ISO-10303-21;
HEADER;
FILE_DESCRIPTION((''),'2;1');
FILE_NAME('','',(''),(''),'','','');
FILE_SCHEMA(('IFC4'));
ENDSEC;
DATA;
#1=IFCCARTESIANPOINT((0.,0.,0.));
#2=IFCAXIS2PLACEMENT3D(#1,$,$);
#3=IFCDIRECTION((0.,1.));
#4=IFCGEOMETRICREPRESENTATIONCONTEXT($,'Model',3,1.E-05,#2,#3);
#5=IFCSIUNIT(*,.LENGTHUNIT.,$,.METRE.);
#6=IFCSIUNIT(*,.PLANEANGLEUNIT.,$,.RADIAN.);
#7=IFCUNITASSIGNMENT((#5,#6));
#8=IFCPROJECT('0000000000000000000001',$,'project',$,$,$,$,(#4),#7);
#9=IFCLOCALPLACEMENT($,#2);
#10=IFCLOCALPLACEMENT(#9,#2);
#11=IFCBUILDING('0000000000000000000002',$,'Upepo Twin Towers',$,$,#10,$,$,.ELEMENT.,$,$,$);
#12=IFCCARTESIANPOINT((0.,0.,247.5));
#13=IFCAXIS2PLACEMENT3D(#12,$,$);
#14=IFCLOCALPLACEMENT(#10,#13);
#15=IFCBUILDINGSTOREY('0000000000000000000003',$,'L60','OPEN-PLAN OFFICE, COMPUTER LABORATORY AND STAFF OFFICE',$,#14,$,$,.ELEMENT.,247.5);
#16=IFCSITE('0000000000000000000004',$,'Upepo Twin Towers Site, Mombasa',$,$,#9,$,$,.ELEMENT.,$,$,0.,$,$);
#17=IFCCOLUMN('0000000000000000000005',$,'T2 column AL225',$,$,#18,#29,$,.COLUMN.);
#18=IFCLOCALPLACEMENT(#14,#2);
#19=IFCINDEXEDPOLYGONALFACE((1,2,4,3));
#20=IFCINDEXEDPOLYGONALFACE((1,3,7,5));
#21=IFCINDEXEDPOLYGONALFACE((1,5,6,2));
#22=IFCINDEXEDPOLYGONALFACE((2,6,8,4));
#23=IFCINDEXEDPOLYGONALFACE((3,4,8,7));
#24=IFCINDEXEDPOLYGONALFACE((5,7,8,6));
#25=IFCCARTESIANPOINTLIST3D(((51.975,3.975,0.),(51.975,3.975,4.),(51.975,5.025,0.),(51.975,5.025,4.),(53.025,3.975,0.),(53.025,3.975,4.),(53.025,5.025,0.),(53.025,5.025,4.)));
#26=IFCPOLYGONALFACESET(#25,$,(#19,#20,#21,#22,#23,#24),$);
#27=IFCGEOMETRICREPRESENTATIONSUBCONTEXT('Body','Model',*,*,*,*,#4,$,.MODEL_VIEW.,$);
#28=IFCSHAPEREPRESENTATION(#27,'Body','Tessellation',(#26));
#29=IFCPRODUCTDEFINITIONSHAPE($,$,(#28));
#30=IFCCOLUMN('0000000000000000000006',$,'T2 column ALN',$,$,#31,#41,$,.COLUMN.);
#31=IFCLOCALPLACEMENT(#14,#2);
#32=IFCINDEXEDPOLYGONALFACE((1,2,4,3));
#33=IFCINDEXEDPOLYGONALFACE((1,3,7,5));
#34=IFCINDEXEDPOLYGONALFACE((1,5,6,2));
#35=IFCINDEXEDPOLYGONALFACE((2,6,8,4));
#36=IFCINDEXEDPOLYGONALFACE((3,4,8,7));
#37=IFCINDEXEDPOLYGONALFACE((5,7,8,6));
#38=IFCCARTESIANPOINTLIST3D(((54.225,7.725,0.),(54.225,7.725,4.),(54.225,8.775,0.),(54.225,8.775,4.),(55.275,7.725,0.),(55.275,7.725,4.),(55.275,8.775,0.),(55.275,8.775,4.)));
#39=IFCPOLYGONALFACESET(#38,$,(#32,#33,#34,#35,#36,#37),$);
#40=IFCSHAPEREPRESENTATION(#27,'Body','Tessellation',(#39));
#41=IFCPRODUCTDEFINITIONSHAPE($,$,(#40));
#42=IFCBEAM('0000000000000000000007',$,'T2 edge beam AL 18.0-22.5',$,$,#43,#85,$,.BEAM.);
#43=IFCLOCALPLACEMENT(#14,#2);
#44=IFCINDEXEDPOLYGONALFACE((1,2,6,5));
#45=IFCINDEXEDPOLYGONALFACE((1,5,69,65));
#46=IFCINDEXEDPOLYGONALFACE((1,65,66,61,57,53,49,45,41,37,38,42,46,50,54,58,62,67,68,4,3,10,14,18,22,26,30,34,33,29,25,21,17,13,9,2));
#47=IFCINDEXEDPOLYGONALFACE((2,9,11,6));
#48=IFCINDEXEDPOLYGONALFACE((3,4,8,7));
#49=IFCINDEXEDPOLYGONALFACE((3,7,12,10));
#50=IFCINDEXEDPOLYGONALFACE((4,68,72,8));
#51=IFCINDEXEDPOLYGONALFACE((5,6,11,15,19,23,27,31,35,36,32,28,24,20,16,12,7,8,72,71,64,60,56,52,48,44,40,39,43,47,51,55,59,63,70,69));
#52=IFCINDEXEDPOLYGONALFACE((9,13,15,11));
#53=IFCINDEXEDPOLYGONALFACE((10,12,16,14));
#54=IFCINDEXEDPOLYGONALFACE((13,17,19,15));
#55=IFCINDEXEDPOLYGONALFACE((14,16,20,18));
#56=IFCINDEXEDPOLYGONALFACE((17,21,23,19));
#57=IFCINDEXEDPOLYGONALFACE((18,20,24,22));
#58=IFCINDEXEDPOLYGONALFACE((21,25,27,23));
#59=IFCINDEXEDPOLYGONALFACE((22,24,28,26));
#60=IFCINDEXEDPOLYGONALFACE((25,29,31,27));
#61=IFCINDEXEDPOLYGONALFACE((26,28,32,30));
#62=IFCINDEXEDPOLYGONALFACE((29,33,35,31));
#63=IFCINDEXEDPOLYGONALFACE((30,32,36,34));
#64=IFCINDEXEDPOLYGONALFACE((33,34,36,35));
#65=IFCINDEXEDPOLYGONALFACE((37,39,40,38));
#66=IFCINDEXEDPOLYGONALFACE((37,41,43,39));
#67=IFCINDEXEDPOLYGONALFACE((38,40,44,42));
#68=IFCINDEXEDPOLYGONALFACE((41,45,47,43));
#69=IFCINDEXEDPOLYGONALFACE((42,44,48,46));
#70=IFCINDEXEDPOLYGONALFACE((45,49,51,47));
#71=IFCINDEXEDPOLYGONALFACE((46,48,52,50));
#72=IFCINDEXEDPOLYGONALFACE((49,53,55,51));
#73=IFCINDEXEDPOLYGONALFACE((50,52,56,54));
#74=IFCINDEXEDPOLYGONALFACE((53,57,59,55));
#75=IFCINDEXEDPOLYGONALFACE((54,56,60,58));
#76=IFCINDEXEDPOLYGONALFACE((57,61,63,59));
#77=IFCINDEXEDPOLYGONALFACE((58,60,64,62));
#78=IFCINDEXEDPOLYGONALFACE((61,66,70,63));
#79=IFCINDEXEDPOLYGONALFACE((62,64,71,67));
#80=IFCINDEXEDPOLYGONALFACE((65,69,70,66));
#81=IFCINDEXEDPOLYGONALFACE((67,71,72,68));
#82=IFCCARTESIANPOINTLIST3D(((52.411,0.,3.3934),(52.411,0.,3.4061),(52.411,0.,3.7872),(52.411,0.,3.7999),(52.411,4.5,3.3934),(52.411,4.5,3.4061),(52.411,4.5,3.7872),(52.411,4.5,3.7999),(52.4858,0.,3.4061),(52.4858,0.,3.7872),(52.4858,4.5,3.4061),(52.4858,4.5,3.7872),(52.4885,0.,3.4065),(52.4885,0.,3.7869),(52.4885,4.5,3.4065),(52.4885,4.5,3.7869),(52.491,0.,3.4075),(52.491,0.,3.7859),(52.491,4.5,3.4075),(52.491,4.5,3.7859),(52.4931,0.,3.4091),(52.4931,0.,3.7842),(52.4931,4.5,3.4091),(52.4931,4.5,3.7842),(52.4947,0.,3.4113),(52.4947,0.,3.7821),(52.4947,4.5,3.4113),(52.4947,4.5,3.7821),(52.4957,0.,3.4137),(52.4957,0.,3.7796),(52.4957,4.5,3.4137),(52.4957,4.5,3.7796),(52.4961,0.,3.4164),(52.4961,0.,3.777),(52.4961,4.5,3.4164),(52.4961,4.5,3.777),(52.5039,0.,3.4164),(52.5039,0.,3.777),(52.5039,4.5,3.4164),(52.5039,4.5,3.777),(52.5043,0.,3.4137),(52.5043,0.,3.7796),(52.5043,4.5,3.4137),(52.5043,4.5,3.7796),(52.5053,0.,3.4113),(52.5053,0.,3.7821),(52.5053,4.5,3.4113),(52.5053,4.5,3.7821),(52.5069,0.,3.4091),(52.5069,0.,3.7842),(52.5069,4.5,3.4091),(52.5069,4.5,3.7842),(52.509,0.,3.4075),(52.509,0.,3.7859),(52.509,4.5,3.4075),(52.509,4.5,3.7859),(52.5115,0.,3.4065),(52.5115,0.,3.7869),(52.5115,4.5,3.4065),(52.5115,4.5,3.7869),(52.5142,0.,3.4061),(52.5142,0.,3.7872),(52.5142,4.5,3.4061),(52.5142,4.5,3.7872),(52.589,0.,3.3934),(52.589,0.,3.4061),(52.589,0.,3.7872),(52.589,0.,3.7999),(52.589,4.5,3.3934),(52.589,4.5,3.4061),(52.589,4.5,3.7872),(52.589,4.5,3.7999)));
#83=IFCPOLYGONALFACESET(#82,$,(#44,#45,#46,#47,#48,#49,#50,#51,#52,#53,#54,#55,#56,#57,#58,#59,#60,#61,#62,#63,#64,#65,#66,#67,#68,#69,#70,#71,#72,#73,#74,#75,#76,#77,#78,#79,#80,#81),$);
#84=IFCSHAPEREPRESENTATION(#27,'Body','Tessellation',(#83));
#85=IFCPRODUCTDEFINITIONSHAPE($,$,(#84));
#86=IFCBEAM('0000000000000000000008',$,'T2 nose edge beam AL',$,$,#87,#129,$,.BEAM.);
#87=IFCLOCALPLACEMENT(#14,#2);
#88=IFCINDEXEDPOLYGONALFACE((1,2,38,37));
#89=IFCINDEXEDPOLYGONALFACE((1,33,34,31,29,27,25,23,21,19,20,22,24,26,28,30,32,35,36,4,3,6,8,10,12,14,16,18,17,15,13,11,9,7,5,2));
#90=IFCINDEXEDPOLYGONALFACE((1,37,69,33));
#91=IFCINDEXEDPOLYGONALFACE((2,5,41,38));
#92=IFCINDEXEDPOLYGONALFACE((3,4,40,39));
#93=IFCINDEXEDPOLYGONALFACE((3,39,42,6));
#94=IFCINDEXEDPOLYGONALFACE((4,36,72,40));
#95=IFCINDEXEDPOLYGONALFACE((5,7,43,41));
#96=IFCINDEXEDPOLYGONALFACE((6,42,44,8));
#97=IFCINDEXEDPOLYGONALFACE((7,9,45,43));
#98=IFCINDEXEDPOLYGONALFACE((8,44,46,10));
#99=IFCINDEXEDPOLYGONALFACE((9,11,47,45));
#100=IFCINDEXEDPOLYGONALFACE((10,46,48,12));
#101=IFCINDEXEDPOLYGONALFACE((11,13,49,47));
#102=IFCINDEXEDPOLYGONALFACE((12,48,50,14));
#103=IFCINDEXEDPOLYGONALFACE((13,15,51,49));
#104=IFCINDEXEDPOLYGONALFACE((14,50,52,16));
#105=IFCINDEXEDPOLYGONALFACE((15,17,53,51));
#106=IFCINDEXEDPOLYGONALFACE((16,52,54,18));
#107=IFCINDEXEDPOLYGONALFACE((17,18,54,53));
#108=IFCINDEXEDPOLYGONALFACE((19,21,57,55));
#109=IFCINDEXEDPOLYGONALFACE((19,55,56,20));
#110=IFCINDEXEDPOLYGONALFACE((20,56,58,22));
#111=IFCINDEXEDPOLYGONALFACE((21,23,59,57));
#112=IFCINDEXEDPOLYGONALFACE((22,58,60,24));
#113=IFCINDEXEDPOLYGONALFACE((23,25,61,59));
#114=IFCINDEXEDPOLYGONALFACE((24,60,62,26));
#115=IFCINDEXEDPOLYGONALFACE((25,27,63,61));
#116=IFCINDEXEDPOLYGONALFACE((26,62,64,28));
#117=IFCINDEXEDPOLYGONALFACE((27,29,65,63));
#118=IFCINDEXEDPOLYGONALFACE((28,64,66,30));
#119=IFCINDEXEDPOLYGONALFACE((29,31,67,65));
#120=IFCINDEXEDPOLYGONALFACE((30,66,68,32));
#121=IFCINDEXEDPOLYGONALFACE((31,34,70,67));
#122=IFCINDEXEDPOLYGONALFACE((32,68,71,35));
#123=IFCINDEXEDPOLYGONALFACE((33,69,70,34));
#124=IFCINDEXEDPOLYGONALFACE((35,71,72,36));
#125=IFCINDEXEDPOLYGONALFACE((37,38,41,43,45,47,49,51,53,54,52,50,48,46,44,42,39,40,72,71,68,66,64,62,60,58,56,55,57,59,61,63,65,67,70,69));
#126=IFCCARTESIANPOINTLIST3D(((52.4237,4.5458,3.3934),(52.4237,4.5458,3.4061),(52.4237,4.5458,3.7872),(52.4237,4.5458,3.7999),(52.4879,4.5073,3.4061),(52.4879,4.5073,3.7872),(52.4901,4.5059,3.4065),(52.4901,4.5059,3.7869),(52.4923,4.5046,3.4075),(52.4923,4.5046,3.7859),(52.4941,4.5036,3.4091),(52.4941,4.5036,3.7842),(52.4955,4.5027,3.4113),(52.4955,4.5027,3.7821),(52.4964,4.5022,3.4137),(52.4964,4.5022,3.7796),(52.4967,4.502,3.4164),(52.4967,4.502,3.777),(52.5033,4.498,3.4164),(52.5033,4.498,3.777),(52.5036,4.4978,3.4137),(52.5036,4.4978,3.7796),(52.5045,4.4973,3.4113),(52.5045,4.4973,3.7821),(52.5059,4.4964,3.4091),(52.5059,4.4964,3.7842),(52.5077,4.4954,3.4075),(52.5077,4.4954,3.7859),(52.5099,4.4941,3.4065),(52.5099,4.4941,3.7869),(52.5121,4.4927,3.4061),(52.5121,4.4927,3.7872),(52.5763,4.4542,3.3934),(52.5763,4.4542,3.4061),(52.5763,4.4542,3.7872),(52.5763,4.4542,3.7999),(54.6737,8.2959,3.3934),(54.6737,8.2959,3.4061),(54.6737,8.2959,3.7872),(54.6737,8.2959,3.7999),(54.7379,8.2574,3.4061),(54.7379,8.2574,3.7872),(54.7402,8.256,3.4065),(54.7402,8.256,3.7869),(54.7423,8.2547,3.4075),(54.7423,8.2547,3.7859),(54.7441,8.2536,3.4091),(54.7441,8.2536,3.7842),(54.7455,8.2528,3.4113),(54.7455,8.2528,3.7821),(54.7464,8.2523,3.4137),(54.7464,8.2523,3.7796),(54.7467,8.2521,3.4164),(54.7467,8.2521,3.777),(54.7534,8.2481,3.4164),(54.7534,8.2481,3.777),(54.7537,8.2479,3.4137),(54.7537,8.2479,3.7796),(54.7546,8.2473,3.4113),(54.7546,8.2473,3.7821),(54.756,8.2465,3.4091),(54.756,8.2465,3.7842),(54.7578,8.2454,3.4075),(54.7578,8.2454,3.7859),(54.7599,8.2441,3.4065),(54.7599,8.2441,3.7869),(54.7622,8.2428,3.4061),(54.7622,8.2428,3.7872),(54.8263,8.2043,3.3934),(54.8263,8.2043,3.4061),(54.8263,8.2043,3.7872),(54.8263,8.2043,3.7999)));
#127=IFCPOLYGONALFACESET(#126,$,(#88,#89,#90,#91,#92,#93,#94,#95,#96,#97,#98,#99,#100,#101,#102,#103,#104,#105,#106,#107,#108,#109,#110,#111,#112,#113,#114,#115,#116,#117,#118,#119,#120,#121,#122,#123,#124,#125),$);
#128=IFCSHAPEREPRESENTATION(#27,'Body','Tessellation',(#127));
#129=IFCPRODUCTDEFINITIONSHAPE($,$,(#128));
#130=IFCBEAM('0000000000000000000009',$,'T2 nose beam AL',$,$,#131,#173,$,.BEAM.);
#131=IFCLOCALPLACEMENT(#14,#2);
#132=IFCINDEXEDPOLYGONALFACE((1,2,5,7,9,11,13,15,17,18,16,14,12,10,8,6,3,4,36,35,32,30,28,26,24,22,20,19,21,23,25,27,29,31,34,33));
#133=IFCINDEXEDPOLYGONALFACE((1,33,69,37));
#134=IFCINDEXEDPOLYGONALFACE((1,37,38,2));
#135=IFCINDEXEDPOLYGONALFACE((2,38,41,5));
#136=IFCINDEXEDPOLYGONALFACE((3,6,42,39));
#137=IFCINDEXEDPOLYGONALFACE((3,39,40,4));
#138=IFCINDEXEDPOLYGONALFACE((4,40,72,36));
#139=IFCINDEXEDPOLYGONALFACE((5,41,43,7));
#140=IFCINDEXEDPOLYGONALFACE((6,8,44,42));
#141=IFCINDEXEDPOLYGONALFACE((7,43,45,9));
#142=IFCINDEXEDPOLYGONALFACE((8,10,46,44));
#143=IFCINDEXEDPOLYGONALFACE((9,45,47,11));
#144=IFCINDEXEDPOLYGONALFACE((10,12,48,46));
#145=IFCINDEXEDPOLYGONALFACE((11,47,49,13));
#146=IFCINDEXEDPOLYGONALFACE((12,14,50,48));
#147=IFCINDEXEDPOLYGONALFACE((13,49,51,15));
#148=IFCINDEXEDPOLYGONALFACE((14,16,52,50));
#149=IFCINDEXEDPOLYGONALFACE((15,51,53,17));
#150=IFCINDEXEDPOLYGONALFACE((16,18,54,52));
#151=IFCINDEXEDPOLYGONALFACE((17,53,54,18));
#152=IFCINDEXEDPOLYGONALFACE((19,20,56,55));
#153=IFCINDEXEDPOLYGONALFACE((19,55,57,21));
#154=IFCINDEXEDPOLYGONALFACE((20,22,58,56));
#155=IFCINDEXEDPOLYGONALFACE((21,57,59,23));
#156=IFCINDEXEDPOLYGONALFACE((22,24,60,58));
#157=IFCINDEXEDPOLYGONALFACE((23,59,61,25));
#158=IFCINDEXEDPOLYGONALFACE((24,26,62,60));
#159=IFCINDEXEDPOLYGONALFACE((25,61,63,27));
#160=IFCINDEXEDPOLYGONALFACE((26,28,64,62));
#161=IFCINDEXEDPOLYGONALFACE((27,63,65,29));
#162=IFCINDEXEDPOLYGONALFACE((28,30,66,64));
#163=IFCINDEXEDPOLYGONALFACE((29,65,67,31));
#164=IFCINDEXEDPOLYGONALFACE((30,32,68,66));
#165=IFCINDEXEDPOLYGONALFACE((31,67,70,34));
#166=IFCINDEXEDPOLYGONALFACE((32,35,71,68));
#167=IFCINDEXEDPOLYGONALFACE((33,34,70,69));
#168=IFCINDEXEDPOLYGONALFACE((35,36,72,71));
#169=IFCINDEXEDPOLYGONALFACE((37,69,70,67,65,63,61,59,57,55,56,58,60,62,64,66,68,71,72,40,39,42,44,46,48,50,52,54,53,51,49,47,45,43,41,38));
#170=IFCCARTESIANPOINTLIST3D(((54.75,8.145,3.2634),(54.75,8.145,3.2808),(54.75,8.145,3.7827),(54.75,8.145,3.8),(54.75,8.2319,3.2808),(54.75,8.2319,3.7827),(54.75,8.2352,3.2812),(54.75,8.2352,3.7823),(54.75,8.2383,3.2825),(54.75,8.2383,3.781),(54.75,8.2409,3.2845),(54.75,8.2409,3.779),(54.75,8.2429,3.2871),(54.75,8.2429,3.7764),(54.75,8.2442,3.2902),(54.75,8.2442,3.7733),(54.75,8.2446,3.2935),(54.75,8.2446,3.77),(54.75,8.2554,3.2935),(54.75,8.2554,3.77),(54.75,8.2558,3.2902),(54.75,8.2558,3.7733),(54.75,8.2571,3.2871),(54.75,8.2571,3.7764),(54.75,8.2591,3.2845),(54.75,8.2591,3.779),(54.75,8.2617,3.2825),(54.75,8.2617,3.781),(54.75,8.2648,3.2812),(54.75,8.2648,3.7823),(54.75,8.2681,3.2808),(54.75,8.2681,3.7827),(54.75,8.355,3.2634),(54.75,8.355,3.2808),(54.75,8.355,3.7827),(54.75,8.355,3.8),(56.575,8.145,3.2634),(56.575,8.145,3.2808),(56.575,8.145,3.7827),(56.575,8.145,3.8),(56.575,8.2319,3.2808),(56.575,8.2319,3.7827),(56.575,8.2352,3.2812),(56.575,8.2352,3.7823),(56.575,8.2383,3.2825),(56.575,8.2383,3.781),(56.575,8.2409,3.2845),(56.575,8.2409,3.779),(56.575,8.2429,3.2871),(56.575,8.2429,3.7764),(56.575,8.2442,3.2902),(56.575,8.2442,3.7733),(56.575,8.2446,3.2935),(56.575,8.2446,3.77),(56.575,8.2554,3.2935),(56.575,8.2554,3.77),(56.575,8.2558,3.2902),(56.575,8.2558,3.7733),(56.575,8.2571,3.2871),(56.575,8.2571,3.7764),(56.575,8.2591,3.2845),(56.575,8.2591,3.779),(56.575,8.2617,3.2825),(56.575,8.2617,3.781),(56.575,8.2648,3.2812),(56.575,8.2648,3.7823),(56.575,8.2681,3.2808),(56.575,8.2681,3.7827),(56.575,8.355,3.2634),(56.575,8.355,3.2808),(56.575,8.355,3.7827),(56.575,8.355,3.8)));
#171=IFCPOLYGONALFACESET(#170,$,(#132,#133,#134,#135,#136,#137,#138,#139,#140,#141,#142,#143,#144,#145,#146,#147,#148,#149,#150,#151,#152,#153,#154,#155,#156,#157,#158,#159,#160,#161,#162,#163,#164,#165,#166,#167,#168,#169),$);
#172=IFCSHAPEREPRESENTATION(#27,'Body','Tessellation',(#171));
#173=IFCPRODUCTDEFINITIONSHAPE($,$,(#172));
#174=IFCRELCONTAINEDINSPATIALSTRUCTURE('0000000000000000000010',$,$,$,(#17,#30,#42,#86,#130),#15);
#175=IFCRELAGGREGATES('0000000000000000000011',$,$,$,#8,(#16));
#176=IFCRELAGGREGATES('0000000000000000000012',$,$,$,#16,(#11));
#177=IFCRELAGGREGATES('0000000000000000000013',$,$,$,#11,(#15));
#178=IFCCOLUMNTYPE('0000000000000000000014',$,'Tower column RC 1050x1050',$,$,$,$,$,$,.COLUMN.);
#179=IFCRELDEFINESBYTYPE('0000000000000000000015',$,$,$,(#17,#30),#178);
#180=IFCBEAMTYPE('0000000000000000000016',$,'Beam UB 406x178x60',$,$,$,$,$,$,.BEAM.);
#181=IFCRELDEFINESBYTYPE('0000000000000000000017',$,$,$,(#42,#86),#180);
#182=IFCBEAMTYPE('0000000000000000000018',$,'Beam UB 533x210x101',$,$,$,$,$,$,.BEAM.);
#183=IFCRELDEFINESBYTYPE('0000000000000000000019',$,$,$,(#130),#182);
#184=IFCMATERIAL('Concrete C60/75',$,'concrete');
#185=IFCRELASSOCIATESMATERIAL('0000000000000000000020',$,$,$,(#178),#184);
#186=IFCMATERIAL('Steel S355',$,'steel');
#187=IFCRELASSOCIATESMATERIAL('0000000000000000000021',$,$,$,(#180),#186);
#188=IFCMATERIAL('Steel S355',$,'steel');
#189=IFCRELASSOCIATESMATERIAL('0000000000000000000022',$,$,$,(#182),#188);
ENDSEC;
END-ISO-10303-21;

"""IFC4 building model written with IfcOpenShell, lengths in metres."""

from ifc_helpers import new_model, si_unit, direction, frame, origin, origin_2d, place, context, subcontext, project, spatial, rectangle, i_section, extrude, material, material_profile, profile_set, type_object, element, save


model = new_model("IFC4")

# Units and contexts
model_context = context("Model", 3, precision=1e-05, world=origin(), true_north=direction((0.0, 1.0)))
body_context = subcontext(model_context, "Body", "Model", "MODEL_VIEW")
ifc_project = project(units=[si_unit("LENGTHUNIT", "METRE"), si_unit("PLANEANGLEUNIT", "RADIAN")], contexts=[model_context])

# Site, building, storey
site_placement = place(None, origin())
site = spatial("IfcSite", under=ifc_project, at=site_placement, Name="Upepo Twin Towers Site, Mombasa", CompositionType="ELEMENT", RefElevation=0.0)
building_placement = place(site_placement, origin())
building = spatial("IfcBuilding", under=site, at=building_placement, Name="Upepo Twin Towers", CompositionType="ELEMENT")
storey_placement = place(building_placement, frame((0.0, 0.0, 247.5)))
storey = spatial("IfcBuildingStorey", under=building, at=storey_placement, Name="L60", Description="OPEN-PLAN OFFICE, COMPUTER LABORATORY AND STAFF OFFICE", CompositionType="ELEMENT", Elevation=247.5)

# Columns
ifc_material_1 = material(Name="Concrete C60/75", Category="concrete")
ifc_material_profile_1 = material_profile(ifc_material_1, rectangle(XDim=1.05, YDim=1.05, at=origin_2d()), Name="RC 1050x1050")
ifc_profile_set_1 = profile_set([ifc_material_profile_1], Name="Concrete C60/75")
column_type = type_object("IfcColumnType", Name="Tower column RC 1050x1050", PredefinedType="COLUMN", material=ifc_profile_set_1)
for number, where, z_axis, x_axis, name in (
    (1, (52.5, 4.5, 0.0), (0.0, 0.0, 1.0), (1.0, 0.0, 0.0), "T2 column AL225"),
    (2, (54.75, 8.25, 0.0), (0.0, 0.0, 1.0), (1.0, 0.0, 0.0), "T2 column ALN"),
):
    element("IfcColumn", number, at=place(storey_placement, frame(where, z_axis=z_axis, x_axis=x_axis)), inside=storey, type_object=column_type, Name=name, PredefinedType="COLUMN", context=body_context, shape_type="SweptSolid", body=[
        extrude(rectangle(XDim=1.05, YDim=1.05, at=origin_2d()), origin(), (0.0, 0.0, 1.0), 4.0),
    ])

# Beams
ifc_material_2 = material(Name="Steel S355", Category="steel")
ifc_material_profile_2 = material_profile(ifc_material_2, i_section(OverallWidth=0.178, OverallDepth=0.4065, WebThickness=0.0078, FlangeThickness=0.0127, FilletRadius=0.0103, at=origin_2d()), Name="UB 406x178x60")
ifc_profile_set_2 = profile_set([ifc_material_profile_2], Name="Steel S355")
beam_type_1 = type_object("IfcBeamType", Name="Beam UB 406x178x60", PredefinedType="BEAM", material=ifc_profile_set_2)
beam_1_placement = place(storey_placement, frame((52.5, 0.0, 3.5967), z_axis=(0.0, 1.0, 0.0), x_axis=(-1.0, 0.0, 0.0)))
element("IfcBeam", 3, at=beam_1_placement, inside=storey, type_object=beam_type_1, Name="T2 edge beam AL 18.0-22.5", PredefinedType="BEAM", context=body_context, shape_type="SweptSolid", body=[
    extrude(i_section(OverallWidth=0.178, OverallDepth=0.4065, WebThickness=0.0078, FlangeThickness=0.0127, FilletRadius=0.0103, at=origin_2d()), origin(), (0.0, 0.0, 1.0), 4.5),
])
beam_2_placement = place(storey_placement, frame((52.5, 4.5, 3.5967), z_axis=(0.514496, 0.857493, 0.0), x_axis=(-0.857493, 0.514496, 0.0)))
element("IfcBeam", 4, at=beam_2_placement, inside=storey, type_object=beam_type_1, Name="T2 nose edge beam AL", PredefinedType="BEAM", context=body_context, shape_type="SweptSolid", body=[
    extrude(i_section(OverallWidth=0.178, OverallDepth=0.4065, WebThickness=0.0078, FlangeThickness=0.0127, FilletRadius=0.0103, at=origin_2d()), origin(), (0.0, 0.0, 1.0), 4.3733),
])
ifc_material_3 = material(Name="Steel S355", Category="steel")
ifc_material_profile_3 = material_profile(ifc_material_3, i_section(OverallWidth=0.21, OverallDepth=0.5366, WebThickness=0.0107, FlangeThickness=0.0173, FilletRadius=0.0127, at=origin_2d()), Name="UB 533x210x101")
ifc_profile_set_3 = profile_set([ifc_material_profile_3], Name="Steel S355")
beam_type_2 = type_object("IfcBeamType", Name="Beam UB 533x210x101", PredefinedType="BEAM", material=ifc_profile_set_3)
beam_3_placement = place(storey_placement, frame((54.75, 8.25, 3.5317), z_axis=(1.0, 0.0, 0.0), x_axis=(0.0, 1.0, 0.0)))
element("IfcBeam", 5, at=beam_3_placement, inside=storey, type_object=beam_type_2, Name="T2 nose beam AL", PredefinedType="BEAM", context=body_context, shape_type="SweptSolid", body=[
    extrude(i_section(OverallWidth=0.21, OverallDepth=0.5366, WebThickness=0.0107, FlangeThickness=0.0173, FilletRadius=0.0127, at=origin_2d()), origin(), (0.0, 0.0, 1.0), 1.825),
])

save(model, "model.ifc")
